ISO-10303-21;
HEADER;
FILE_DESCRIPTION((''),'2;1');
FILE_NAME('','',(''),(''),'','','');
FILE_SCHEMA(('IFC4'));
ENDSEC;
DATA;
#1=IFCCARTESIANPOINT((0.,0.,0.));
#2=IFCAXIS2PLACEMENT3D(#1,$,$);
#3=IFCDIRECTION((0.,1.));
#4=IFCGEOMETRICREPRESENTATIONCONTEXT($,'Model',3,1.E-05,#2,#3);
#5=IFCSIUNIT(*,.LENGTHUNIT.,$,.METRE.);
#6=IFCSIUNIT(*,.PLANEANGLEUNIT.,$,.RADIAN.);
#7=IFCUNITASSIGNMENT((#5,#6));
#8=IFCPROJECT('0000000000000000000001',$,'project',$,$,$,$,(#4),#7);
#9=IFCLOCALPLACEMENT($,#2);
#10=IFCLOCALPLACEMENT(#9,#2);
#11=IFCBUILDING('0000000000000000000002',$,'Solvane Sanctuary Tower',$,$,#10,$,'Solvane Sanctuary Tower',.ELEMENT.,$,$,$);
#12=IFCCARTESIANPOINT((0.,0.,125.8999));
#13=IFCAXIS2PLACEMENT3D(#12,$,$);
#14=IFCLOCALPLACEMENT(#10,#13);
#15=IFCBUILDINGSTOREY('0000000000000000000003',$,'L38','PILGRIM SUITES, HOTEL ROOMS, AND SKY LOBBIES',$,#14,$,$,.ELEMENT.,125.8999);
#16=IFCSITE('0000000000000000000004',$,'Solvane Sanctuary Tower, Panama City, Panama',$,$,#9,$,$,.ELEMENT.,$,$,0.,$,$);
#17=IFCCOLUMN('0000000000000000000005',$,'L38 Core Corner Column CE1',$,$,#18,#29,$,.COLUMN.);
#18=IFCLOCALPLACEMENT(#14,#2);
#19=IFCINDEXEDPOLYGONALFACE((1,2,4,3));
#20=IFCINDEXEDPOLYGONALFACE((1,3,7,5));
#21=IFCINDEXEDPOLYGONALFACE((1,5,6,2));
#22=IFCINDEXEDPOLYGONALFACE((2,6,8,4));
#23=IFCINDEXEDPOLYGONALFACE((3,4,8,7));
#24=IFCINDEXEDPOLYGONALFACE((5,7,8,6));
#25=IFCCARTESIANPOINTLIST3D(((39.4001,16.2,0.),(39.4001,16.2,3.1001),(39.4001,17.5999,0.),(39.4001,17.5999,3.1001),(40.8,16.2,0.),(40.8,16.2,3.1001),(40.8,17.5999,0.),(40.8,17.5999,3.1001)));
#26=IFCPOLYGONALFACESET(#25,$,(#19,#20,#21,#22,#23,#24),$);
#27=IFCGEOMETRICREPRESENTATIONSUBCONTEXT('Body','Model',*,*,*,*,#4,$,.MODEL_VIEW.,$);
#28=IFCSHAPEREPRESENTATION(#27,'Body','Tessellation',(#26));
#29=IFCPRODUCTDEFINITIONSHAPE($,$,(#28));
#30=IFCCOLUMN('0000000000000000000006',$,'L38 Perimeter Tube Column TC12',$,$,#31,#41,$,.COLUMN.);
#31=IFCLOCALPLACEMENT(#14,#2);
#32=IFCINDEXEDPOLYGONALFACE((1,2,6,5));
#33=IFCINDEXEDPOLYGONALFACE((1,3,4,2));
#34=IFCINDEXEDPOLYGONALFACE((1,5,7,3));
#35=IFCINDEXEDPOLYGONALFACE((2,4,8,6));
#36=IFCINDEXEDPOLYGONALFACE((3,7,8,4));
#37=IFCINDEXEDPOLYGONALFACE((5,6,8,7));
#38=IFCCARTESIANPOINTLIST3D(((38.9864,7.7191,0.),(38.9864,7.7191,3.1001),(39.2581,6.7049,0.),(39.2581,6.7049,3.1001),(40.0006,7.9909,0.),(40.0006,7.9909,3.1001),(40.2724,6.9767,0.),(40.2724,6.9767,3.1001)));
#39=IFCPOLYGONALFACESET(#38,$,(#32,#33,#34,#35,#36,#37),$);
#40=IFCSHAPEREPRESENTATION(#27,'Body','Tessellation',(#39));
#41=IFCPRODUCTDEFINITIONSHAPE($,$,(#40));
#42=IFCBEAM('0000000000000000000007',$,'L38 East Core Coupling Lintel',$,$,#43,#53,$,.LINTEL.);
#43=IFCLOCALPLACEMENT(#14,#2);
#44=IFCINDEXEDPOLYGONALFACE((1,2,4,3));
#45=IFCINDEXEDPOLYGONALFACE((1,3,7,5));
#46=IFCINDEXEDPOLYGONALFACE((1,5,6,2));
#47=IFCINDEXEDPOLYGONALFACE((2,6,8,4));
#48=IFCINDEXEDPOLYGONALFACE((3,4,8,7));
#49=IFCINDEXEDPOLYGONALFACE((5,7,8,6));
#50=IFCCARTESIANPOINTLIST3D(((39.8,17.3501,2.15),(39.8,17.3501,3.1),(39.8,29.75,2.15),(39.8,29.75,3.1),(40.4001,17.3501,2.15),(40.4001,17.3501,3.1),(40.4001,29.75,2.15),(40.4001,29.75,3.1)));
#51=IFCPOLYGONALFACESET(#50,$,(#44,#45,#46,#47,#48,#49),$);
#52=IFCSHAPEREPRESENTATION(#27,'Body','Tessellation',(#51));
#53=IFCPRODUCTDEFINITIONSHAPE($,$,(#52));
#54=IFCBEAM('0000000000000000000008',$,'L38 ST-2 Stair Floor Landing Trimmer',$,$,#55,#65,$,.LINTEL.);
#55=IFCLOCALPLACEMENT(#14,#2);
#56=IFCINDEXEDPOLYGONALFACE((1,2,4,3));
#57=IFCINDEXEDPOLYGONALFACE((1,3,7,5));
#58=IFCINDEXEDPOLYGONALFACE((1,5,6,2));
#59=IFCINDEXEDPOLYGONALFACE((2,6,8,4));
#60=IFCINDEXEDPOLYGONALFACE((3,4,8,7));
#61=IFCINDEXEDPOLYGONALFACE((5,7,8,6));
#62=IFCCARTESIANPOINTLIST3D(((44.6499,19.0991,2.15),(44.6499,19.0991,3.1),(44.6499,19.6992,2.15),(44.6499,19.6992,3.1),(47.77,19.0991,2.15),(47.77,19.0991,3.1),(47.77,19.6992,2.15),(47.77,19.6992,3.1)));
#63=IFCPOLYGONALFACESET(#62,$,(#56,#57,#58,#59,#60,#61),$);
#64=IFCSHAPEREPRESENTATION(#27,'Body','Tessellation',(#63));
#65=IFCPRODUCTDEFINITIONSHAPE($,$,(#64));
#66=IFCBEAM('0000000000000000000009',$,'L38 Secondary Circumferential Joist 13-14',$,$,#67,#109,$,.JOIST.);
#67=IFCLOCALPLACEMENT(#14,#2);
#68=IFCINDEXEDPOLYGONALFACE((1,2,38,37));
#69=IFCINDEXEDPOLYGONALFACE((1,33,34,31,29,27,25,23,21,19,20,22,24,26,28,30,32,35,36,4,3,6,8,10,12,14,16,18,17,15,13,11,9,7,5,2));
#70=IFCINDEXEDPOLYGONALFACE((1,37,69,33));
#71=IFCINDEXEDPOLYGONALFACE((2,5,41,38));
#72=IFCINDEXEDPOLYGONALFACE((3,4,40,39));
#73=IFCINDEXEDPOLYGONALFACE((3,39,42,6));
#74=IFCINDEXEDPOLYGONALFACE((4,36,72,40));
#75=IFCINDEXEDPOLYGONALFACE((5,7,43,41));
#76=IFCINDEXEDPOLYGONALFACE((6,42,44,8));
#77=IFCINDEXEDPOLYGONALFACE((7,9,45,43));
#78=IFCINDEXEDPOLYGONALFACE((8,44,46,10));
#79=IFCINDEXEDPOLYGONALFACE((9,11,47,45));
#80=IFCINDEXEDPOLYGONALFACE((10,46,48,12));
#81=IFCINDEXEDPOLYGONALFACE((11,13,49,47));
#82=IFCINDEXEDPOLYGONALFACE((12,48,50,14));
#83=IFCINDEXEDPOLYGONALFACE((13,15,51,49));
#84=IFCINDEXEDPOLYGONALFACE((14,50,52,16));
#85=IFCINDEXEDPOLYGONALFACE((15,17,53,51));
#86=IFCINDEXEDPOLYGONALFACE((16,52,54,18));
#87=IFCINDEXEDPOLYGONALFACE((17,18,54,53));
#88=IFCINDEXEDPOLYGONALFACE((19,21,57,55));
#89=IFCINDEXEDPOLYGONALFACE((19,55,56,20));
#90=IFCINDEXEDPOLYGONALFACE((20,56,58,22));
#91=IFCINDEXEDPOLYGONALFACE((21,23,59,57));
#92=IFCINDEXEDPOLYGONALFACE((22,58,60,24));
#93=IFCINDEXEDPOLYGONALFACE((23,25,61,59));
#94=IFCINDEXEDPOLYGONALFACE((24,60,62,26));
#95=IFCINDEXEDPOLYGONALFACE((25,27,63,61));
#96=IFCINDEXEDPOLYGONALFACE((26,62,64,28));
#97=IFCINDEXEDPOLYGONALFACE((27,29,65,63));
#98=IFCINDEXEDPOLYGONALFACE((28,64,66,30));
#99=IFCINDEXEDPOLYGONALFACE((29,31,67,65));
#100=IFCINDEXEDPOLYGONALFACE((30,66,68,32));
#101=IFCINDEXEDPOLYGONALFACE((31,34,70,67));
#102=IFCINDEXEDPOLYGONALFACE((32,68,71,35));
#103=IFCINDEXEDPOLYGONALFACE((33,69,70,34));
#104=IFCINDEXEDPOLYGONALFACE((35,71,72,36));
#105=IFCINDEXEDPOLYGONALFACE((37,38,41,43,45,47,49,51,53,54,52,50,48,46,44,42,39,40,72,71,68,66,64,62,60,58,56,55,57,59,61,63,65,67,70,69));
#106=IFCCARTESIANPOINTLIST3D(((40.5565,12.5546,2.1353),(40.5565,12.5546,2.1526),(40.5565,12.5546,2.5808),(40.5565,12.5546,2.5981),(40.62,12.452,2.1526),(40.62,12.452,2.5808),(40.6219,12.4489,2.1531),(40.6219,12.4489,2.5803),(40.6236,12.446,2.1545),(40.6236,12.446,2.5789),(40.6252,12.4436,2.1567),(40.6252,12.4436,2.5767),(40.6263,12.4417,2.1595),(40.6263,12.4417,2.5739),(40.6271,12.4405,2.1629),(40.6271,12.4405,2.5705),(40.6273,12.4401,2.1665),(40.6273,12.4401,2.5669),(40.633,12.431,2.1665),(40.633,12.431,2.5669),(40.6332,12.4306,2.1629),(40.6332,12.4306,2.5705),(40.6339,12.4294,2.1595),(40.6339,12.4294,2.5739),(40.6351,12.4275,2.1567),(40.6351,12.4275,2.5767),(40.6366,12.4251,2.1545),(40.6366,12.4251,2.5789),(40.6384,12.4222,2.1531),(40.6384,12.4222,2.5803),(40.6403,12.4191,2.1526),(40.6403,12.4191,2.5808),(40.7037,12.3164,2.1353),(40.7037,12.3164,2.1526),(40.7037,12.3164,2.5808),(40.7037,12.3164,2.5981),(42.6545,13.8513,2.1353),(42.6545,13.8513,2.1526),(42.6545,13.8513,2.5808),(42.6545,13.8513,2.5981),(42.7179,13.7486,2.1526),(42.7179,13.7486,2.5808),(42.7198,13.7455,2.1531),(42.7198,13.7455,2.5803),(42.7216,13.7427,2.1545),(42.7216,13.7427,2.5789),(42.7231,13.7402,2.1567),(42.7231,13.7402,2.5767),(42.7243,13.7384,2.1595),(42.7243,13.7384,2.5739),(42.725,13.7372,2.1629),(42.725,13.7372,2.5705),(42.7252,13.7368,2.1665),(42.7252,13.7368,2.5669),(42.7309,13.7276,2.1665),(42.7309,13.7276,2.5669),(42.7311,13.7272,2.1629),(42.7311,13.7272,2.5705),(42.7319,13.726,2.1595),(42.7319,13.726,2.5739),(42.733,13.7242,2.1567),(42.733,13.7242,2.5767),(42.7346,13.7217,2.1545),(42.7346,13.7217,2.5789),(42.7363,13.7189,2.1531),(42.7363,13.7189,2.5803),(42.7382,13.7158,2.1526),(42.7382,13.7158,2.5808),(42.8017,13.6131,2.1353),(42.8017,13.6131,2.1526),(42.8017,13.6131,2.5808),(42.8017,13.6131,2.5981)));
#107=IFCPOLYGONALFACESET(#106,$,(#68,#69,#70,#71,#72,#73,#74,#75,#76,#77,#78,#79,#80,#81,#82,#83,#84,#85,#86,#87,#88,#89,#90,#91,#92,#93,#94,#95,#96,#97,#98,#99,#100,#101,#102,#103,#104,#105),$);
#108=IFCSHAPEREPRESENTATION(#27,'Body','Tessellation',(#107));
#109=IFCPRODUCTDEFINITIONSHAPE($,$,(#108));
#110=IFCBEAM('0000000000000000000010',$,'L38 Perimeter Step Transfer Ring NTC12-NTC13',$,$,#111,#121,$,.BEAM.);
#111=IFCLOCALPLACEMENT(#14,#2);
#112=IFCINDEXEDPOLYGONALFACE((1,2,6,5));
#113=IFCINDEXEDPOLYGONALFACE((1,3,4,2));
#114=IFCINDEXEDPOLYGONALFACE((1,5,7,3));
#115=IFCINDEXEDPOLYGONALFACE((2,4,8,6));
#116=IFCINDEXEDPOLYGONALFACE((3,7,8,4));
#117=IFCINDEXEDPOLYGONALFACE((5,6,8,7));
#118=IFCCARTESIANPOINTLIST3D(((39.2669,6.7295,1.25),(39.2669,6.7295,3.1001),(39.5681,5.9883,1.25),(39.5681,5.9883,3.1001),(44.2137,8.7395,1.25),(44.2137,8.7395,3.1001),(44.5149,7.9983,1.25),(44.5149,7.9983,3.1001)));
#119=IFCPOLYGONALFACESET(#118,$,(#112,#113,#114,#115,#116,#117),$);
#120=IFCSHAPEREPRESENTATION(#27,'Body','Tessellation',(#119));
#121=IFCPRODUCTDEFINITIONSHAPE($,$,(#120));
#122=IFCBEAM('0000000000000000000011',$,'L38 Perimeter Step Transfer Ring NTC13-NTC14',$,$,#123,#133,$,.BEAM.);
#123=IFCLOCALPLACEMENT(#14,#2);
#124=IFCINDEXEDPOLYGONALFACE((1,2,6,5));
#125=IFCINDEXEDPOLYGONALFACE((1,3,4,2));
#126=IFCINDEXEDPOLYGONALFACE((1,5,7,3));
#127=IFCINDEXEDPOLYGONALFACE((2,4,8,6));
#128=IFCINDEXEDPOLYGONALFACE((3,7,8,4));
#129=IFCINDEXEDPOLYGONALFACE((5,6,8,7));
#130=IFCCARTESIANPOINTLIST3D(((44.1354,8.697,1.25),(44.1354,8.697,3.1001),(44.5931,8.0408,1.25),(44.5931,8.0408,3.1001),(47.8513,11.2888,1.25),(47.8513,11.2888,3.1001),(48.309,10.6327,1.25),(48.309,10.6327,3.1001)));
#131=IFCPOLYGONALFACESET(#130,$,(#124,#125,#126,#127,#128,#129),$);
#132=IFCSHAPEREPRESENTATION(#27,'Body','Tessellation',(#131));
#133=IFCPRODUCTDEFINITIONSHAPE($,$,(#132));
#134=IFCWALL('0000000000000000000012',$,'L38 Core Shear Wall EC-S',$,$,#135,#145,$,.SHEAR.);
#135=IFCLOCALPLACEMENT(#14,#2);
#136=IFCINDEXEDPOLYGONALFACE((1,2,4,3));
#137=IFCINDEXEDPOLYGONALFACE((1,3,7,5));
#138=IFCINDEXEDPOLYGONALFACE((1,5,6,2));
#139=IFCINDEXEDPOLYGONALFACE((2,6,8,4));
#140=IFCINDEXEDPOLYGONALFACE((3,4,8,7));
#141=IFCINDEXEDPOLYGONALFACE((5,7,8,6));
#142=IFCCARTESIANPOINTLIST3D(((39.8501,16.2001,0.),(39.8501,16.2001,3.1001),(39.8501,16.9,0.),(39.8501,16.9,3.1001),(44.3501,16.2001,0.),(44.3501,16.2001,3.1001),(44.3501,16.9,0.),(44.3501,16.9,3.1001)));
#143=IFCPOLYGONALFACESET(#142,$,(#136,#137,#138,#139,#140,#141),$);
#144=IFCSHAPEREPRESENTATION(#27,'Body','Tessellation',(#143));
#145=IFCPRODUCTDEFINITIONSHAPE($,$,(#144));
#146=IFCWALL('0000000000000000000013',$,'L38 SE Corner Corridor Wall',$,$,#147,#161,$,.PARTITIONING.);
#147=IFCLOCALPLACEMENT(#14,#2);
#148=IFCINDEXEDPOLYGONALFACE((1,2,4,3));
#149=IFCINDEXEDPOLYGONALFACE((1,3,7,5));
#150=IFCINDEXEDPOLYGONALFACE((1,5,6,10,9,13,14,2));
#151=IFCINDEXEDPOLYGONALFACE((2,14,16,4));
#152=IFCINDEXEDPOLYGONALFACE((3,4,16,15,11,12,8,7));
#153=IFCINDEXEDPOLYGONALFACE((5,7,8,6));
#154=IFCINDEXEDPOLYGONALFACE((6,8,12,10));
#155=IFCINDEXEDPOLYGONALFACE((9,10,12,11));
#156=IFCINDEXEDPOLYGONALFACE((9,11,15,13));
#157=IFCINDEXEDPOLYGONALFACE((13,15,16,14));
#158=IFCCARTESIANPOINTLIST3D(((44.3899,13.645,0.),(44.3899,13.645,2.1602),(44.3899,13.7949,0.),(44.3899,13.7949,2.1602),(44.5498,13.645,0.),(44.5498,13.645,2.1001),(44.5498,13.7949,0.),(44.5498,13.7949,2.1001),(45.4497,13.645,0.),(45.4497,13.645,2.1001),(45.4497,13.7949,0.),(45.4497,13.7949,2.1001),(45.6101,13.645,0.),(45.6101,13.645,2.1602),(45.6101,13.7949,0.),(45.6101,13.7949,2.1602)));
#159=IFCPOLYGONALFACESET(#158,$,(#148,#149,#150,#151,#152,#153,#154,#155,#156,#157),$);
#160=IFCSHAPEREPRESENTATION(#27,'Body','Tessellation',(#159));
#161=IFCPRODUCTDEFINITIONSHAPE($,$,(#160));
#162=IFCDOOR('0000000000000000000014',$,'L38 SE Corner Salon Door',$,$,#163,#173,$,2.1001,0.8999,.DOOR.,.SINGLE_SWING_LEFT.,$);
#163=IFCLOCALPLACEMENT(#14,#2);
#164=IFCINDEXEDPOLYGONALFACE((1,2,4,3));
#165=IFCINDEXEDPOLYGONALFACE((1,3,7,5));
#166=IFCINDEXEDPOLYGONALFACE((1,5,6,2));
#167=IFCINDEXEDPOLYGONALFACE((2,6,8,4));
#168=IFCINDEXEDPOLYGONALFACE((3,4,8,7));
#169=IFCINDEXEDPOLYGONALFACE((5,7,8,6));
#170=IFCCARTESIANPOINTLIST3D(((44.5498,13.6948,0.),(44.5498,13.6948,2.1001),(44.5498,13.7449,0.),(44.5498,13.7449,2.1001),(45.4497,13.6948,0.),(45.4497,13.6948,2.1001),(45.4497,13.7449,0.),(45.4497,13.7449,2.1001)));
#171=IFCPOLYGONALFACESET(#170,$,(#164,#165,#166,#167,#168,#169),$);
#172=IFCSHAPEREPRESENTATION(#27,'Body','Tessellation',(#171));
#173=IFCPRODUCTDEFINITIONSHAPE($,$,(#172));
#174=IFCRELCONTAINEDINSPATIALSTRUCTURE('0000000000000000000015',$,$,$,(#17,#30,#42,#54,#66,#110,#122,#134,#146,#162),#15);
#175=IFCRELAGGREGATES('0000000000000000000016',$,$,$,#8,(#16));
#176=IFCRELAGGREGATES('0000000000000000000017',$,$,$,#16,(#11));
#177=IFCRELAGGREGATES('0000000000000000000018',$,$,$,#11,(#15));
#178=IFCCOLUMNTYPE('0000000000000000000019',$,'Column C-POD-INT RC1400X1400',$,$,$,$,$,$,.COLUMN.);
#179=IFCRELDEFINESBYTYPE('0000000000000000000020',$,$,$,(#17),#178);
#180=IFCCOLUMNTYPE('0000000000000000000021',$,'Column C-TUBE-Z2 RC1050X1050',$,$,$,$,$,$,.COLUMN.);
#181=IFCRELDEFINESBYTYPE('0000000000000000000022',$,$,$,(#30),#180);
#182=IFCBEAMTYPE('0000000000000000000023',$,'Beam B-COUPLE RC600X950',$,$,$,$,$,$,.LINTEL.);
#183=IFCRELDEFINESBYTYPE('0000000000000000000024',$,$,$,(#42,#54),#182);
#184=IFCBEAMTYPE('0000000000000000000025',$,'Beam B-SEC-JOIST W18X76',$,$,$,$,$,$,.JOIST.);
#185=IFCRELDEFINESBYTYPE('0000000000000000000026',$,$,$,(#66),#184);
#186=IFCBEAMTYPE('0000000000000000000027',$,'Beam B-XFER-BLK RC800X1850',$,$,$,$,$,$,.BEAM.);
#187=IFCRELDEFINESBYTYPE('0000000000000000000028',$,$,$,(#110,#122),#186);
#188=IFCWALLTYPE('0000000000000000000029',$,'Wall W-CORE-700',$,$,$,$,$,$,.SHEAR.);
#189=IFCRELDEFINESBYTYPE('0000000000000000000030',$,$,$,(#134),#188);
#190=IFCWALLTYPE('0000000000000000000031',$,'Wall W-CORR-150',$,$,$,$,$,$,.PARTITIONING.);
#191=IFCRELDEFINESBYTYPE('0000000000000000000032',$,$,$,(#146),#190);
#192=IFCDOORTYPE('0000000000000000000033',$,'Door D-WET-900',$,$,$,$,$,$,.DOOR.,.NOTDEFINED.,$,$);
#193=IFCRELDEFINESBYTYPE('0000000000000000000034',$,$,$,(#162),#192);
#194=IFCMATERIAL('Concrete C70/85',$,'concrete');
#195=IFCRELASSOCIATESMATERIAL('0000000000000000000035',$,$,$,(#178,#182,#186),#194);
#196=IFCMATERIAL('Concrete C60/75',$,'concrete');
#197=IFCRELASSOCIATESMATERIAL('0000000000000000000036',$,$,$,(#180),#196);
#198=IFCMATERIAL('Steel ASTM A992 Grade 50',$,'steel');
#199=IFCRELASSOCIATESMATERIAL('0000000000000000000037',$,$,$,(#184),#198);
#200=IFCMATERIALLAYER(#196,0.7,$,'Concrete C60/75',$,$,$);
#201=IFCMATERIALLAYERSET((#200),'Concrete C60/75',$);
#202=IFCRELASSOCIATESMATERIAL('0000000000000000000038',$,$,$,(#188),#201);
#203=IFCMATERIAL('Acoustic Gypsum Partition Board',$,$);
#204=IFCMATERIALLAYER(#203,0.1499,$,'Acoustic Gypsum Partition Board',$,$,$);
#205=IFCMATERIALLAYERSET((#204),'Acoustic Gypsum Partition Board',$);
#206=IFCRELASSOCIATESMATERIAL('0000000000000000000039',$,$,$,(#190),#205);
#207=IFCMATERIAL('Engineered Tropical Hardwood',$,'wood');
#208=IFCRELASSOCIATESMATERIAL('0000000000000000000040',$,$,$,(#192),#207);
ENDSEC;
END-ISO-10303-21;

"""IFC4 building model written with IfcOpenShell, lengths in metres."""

from ifc_helpers import new_model, si_unit, direction, frame, frame_2d, origin, origin_2d, place, context, subcontext, project, spatial, rectangle, i_section, extrude, material, layer, layer_set, material_profile, profile_set, type_object, element, fill, save


model = new_model("IFC4")

# Units and contexts
model_context = context("Model", 3, precision=1e-05, world=origin(), true_north=direction((0.0, 1.0)))
body_context = subcontext(model_context, "Body", "Model", "MODEL_VIEW")
ifc_project = project(units=[si_unit("LENGTHUNIT", "METRE"), si_unit("PLANEANGLEUNIT", "RADIAN")], contexts=[model_context])

# Site, building, storey
site_placement = place(None, origin())
site = spatial("IfcSite", under=ifc_project, at=site_placement, Name="Solvane Sanctuary Tower, Panama City, Panama", CompositionType="ELEMENT", RefElevation=0.0)
building_placement = place(site_placement, origin())
building = spatial("IfcBuilding", under=site, at=building_placement, Name="Solvane Sanctuary Tower", LongName="Solvane Sanctuary Tower", CompositionType="ELEMENT")
storey_placement = place(building_placement, frame((0.0, 0.0, 125.8999)))
storey = spatial("IfcBuildingStorey", under=building, at=storey_placement, Name="L38", Description="PILGRIM SUITES, HOTEL ROOMS, AND SKY LOBBIES", CompositionType="ELEMENT", Elevation=125.8999)

# Columns
ifc_material_1 = material(Name="Concrete C70/85", Category="concrete")
ifc_material_profile_1 = material_profile(ifc_material_1, rectangle(XDim=1.3999, YDim=1.3999, at=origin_2d()), Name="RC1400X1400")
ifc_profile_set_1 = profile_set([ifc_material_profile_1], Name="Concrete C70/85")
column_type_1 = type_object("IfcColumnType", Name="Column C-POD-INT RC1400X1400", PredefinedType="COLUMN", material=ifc_profile_set_1)
column_1_placement = place(storey_placement, frame((40.1001, 16.8999, 0.0), z_axis=(0.0, 0.0, 1.0), x_axis=(1.0, 0.0, 0.0)))
element("IfcColumn", 1, at=column_1_placement, inside=storey, type_object=column_type_1, Name="L38 Core Corner Column CE1", PredefinedType="COLUMN", context=body_context, shape_type="SweptSolid", body=[
    extrude(rectangle(XDim=1.3999, YDim=1.3999, at=origin_2d()), origin(), (0.0, 0.0, 1.0), 3.1001),
])
ifc_material_2 = material(Name="Concrete C60/75", Category="concrete")
ifc_material_profile_2 = material_profile(ifc_material_2, rectangle(XDim=1.05, YDim=1.05, at=origin_2d()), Name="RC1050X1050")
ifc_profile_set_2 = profile_set([ifc_material_profile_2], Name="Concrete C60/75")
column_type_2 = type_object("IfcColumnType", Name="Column C-TUBE-Z2 RC1050X1050", PredefinedType="COLUMN", material=ifc_profile_set_2)
column_2_placement = place(storey_placement, frame((39.6294, 7.3479, 0.0), z_axis=(0.0, 0.0, 1.0), x_axis=(0.258819, -0.965926, 0.0)))
element("IfcColumn", 2, at=column_2_placement, inside=storey, type_object=column_type_2, Name="L38 Perimeter Tube Column TC12", PredefinedType="COLUMN", context=body_context, shape_type="SweptSolid", body=[
    extrude(rectangle(XDim=1.05, YDim=1.05, at=origin_2d()), origin(), (0.0, 0.0, 1.0), 3.1001),
])

# Beams
ifc_material_profile_3 = material_profile(ifc_material_1, rectangle(XDim=0.6001, YDim=0.95, at=origin_2d()), Name="RC600X950")
ifc_profile_set_3 = profile_set([ifc_material_profile_3], Name="Concrete C70/85")
beam_type_1 = type_object("IfcBeamType", Name="Beam B-COUPLE RC600X950", PredefinedType="LINTEL", material=ifc_profile_set_3)
beam_1_placement = place(storey_placement, frame((40.1001, 17.3501, 2.625), z_axis=(0.0, 1.0, 0.0), x_axis=(-1.0, 0.0, 0.0)))
element("IfcBeam", 3, at=beam_1_placement, inside=storey, type_object=beam_type_1, Name="L38 East Core Coupling Lintel", PredefinedType="LINTEL", context=body_context, shape_type="SweptSolid", body=[
    extrude(rectangle(XDim=0.6001, YDim=0.95, at=origin_2d()), origin(), (0.0, 0.0, 1.0), 12.3999),
])
beam_2_placement = place(storey_placement, frame((44.6499, 19.3992, 2.625), z_axis=(1.0, 0.0, 0.0), x_axis=(0.0, 1.0, 0.0)))
element("IfcBeam", 4, at=beam_2_placement, inside=storey, type_object=beam_type_1, Name="L38 ST-2 Stair Floor Landing Trimmer", PredefinedType="LINTEL", context=body_context, shape_type="SweptSolid", body=[
    extrude(rectangle(XDim=0.6001, YDim=0.95, at=origin_2d()), origin(), (0.0, 0.0, 1.0), 3.1201),
])
ifc_material_3 = material(Name="Steel ASTM A992 Grade 50", Category="steel")
ifc_material_profile_4 = material_profile(ifc_material_3, i_section(OverallWidth=0.28, OverallDepth=0.4629, WebThickness=0.0107, FlangeThickness=0.0173, FilletRadius=0.0139, at=origin_2d()), Name="W18X76")
ifc_profile_set_4 = profile_set([ifc_material_profile_4], Name="Steel ASTM A992 Grade 50")
beam_type_2 = type_object("IfcBeamType", Name="Beam B-SEC-JOIST W18X76", PredefinedType="JOIST", material=ifc_profile_set_4)
beam_3_placement = place(storey_placement, frame((40.6301, 12.4355, 2.3667), z_axis=(0.85064, 0.525748, 0.0), x_axis=(-0.525748, 0.85064, 0.0)))
element("IfcBeam", 5, at=beam_3_placement, inside=storey, type_object=beam_type_2, Name="L38 Secondary Circumferential Joist 13-14", PredefinedType="JOIST", context=body_context, shape_type="SweptSolid", body=[
    extrude(i_section(OverallWidth=0.28, OverallDepth=0.4629, WebThickness=0.0107, FlangeThickness=0.0173, FilletRadius=0.0139, at=origin_2d()), origin(), (0.0, 0.0, 1.0), 2.4663),
])
ifc_material_profile_5 = material_profile(ifc_material_1, rectangle(XDim=0.8, YDim=1.8501, at=origin_2d()), Name="RC800X1850")
ifc_profile_set_5 = profile_set([ifc_material_profile_5], Name="Concrete C70/85")
beam_type_3 = type_object("IfcBeamType", Name="Beam B-XFER-BLK RC800X1850", PredefinedType="BEAM", material=ifc_profile_set_5)
beam_4_placement = place(storey_placement, frame((39.4175, 6.3589, 2.175), z_axis=(0.926442, 0.376438, 0.0), x_axis=(-0.376438, 0.926442, 0.0)))
element("IfcBeam", 6, at=beam_4_placement, inside=storey, type_object=beam_type_3, Name="L38 Perimeter Step Transfer Ring NTC12-NTC13", PredefinedType="BEAM", context=body_context, shape_type="SweptSolid", body=[
    extrude(rectangle(XDim=0.8, YDim=1.8501, at=origin_2d()), origin(), (0.0, 0.0, 1.0), 5.3396),
])
beam_5_placement = place(storey_placement, frame((44.3643, 8.3689, 2.175), z_axis=(0.820193, 0.572087, 0.0), x_axis=(-0.572087, 0.820193, 0.0)))
element("IfcBeam", 7, at=beam_5_placement, inside=storey, type_object=beam_type_3, Name="L38 Perimeter Step Transfer Ring NTC13-NTC14", PredefinedType="BEAM", context=body_context, shape_type="SweptSolid", body=[
    extrude(rectangle(XDim=0.8, YDim=1.8501, at=origin_2d()), origin(), (0.0, 0.0, 1.0), 4.5305),
])

# Wall
ifc_layer_1 = layer(ifc_material_2, 0.7, Name="Concrete C60/75")
ifc_layer_set_1 = layer_set([ifc_layer_1], Name="Concrete C60/75")
wall_type_1 = type_object("IfcWallType", Name="Wall W-CORE-700", PredefinedType="SHEAR", material=ifc_layer_set_1)
wall_1_placement = place(storey_placement, frame((39.8501, 16.55, 0.0), z_axis=(0.0, 0.0, 1.0), x_axis=(1.0, 0.0, 0.0)))
element("IfcWall", 8, at=wall_1_placement, inside=storey, type_object=wall_type_1, Name="L38 Core Shear Wall EC-S", PredefinedType="SHEAR", context=body_context, shape_type="SweptSolid", body=[
    extrude(rectangle(XDim=4.5, YDim=0.7, at=frame_2d((2.25, 0.0))), origin(), (0.0, 0.0, 1.0), 3.1001),
])

# Wall, opening, door
ifc_material_4 = material(Name="Acoustic Gypsum Partition Board")
ifc_layer_2 = layer(ifc_material_4, 0.1499, Name="Acoustic Gypsum Partition Board")
ifc_layer_set_2 = layer_set([ifc_layer_2], Name="Acoustic Gypsum Partition Board")
wall_type_2 = type_object("IfcWallType", Name="Wall W-CORR-150", PredefinedType="PARTITIONING", material=ifc_layer_set_2)
wall_2_placement = place(storey_placement, frame((44.3899, 13.72, 0.0), z_axis=(0.0, 0.0, 1.0), x_axis=(1.0, 0.0, 0.0)))
wall_2 = element("IfcWall", 9, at=wall_2_placement, inside=storey, type_object=wall_type_2, Name="L38 SE Corner Corridor Wall", PredefinedType="PARTITIONING", context=body_context, shape_type="SweptSolid", body=[
    extrude(rectangle(XDim=1.2202, YDim=0.1499, at=frame_2d((0.6101, 0.0))), origin(), (0.0, 0.0, 1.0), 2.1602),
])
opening_1_placement = place(wall_2_placement, frame((0.1599, 0.0, 0.0)))
opening_1 = element("IfcOpeningElement", 10, at=opening_1_placement, cuts=wall_2, PredefinedType="OPENING", context=body_context, shape_type="SweptSolid", body=[
    extrude(rectangle(XDim=0.8999, YDim=2.1001, at=frame_2d((0.45, 1.05))), frame((0.0, 0.085, 0.0), z_axis=(0.0, -1.0, 0.0), x_axis=(1.0, 0.0, 0.0)), (0.0, 0.0, 1.0), 0.1699),
])
ifc_material_5 = material(Name="Engineered Tropical Hardwood", Category="wood")
door_type_1 = type_object("IfcDoorType", Name="Door D-WET-900", OperationType="NOTDEFINED", PredefinedType="DOOR", material=ifc_material_5)
door_1_placement = place(opening_1_placement, origin())
door_1 = element("IfcDoor", 11, at=door_1_placement, inside=storey, type_object=door_type_1, Name="L38 SE Corner Salon Door", OperationType="SINGLE_SWING_LEFT", OverallHeight=2.1001, OverallWidth=0.8999, PredefinedType="DOOR", context=body_context, shape_type="SweptSolid", body=[
    extrude(rectangle(XDim=0.8999, YDim=2.1001, at=frame_2d((0.45, 1.05))), frame((0.0, 0.0249, 0.0), z_axis=(0.0, -1.0, 0.0), x_axis=(1.0, 0.0, 0.0)), (0.0, 0.0, 1.0), 0.05),
])
fill(opening_1, door_1)

save(model, "model.ifc")
